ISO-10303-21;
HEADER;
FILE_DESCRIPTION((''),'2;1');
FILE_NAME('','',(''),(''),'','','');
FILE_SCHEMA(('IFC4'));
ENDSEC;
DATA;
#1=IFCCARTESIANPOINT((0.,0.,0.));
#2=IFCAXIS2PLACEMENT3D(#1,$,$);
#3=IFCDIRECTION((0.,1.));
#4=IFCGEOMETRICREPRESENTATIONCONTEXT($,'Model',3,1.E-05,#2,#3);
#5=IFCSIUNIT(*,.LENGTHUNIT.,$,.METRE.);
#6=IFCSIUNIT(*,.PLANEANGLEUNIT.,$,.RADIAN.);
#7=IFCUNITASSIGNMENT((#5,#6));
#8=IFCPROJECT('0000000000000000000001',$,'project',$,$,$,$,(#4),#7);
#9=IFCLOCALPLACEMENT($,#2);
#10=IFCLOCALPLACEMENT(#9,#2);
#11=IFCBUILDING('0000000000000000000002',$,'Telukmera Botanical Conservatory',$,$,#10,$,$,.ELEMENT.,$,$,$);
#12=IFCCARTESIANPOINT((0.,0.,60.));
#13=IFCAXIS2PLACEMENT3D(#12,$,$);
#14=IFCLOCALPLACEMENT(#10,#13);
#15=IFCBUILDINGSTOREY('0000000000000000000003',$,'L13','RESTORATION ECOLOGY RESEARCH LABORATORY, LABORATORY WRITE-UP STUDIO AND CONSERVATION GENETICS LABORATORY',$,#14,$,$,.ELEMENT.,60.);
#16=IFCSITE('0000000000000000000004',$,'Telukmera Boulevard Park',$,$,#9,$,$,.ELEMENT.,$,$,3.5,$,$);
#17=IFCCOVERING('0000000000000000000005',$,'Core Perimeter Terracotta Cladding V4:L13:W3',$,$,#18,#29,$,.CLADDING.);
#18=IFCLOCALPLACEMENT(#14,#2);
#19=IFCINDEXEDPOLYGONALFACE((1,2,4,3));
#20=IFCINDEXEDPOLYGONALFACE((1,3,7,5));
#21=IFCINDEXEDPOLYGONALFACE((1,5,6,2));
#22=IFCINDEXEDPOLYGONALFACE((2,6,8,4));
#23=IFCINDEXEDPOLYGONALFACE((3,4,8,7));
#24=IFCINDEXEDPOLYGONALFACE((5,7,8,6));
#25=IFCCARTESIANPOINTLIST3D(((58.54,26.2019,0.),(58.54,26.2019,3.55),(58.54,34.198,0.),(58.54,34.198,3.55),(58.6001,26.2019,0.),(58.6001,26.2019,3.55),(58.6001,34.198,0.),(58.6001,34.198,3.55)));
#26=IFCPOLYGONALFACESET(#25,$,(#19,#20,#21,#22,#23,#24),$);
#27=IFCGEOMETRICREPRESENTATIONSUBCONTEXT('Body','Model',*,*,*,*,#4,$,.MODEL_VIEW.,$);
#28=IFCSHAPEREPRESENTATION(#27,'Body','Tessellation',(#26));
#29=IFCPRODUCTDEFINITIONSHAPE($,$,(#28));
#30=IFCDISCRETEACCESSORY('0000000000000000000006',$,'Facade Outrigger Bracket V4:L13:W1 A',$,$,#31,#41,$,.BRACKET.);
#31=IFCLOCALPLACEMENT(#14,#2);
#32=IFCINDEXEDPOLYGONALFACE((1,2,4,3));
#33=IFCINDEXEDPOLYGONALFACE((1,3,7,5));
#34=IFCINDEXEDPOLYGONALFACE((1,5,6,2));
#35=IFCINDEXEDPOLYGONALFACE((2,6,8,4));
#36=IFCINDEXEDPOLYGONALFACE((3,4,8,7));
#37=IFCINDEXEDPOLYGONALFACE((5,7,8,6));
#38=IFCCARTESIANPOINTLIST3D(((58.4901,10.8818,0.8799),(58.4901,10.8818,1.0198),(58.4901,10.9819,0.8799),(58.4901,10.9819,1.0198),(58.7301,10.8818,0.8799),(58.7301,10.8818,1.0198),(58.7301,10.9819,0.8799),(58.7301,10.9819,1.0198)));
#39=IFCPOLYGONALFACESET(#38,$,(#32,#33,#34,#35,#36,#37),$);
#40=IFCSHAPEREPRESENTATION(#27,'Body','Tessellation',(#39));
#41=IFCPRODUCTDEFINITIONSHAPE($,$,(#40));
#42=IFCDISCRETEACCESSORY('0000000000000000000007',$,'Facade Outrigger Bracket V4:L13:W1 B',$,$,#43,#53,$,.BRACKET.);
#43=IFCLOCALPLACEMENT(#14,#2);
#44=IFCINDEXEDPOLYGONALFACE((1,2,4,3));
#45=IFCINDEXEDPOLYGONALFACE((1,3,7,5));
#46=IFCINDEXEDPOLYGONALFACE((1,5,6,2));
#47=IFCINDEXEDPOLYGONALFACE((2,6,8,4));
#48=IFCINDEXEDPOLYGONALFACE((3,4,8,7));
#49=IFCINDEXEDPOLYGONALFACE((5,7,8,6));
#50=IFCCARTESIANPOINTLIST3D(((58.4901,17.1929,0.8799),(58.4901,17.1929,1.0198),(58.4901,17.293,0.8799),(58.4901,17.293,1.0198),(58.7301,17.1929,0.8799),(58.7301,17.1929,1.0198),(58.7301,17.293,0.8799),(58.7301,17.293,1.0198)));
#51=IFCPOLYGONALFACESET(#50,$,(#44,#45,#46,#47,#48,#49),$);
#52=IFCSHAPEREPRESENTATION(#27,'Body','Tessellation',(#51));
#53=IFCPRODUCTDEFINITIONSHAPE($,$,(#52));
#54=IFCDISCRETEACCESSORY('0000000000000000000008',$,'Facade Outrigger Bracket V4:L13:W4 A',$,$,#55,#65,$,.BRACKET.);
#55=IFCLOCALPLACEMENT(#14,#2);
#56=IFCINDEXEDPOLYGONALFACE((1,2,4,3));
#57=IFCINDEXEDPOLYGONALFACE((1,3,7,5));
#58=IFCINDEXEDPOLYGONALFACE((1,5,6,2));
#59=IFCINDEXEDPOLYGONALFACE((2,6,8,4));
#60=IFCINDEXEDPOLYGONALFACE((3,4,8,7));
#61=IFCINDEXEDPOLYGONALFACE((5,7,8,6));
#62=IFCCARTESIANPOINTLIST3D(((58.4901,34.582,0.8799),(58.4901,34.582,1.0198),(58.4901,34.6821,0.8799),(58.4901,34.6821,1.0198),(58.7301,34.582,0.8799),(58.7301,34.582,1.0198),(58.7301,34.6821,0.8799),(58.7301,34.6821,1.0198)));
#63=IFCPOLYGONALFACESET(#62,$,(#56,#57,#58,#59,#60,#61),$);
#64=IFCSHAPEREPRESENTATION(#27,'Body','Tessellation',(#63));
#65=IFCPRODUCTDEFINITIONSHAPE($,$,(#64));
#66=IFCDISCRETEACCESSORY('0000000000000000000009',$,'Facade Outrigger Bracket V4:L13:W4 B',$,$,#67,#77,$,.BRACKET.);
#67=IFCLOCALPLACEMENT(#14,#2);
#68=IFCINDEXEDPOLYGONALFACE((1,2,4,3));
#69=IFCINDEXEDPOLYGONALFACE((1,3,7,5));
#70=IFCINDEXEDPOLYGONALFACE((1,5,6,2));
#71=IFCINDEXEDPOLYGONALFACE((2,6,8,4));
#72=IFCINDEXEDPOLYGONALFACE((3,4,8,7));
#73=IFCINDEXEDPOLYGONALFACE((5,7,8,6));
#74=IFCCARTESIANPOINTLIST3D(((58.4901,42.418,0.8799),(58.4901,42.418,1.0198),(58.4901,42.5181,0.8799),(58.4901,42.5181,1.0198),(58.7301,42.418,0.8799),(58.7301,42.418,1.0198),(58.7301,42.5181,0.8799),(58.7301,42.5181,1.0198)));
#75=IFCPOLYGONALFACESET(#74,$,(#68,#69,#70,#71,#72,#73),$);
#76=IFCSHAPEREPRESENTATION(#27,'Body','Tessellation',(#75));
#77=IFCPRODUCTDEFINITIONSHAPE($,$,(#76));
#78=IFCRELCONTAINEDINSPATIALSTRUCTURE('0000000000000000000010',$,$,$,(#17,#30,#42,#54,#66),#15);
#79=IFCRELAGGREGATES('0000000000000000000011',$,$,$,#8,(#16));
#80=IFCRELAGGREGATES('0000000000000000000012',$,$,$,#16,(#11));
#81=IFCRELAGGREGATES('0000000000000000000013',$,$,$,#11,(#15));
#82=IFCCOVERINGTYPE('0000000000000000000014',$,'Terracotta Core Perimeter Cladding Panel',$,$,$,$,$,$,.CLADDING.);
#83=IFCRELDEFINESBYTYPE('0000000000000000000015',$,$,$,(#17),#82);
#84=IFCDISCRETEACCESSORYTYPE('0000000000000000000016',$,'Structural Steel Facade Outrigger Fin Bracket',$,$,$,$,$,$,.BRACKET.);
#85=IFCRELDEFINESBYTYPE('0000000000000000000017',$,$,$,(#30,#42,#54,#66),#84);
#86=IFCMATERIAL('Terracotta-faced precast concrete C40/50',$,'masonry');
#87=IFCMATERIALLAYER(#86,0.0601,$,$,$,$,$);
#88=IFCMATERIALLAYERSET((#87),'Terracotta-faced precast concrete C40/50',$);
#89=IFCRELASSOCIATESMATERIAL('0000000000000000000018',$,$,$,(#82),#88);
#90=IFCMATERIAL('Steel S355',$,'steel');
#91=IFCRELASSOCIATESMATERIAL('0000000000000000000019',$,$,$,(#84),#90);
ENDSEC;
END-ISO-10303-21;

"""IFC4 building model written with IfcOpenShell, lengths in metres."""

from ifc_helpers import new_model, si_unit, direction, frame, origin, origin_2d, place, context, subcontext, project, spatial, rectangle, extrude, material, layer, layer_set, type_object, element, save


model = new_model("IFC4")

# Units and contexts
model_context = context("Model", 3, precision=1e-05, world=origin(), true_north=direction((0.0, 1.0)))
body_context = subcontext(model_context, "Body", "Model", "MODEL_VIEW")
ifc_project = project(units=[si_unit("LENGTHUNIT", "METRE"), si_unit("PLANEANGLEUNIT", "RADIAN")], contexts=[model_context])

# Site, building, storey
site_placement = place(None, origin())
site = spatial("IfcSite", under=ifc_project, at=site_placement, Name="Telukmera Boulevard Park", CompositionType="ELEMENT", RefElevation=3.5)
building_placement = place(site_placement, origin())
building = spatial("IfcBuilding", under=site, at=building_placement, Name="Telukmera Botanical Conservatory", CompositionType="ELEMENT")
storey_placement = place(building_placement, frame((0.0, 0.0, 60.0)))
storey = spatial("IfcBuildingStorey", under=building, at=storey_placement, Name="L13", Description="RESTORATION ECOLOGY RESEARCH LABORATORY, LABORATORY WRITE-UP STUDIO AND CONSERVATION GENETICS LABORATORY", CompositionType="ELEMENT", Elevation=60.0)

# Covering
ifc_material_1 = material(Name="Terracotta-faced precast concrete C40/50", Category="masonry")
ifc_layer_1 = layer(ifc_material_1, 0.0601)
ifc_layer_set_1 = layer_set([ifc_layer_1], Name="Terracotta-faced precast concrete C40/50")
covering_type_1 = type_object("IfcCoveringType", Name="Terracotta Core Perimeter Cladding Panel", PredefinedType="CLADDING", material=ifc_layer_set_1)
covering_1_placement = place(storey_placement, frame((58.5701, 30.2, 0.0), z_axis=(0.0, 0.0, 1.0), x_axis=(0.0, 1.0, 0.0)))
element("IfcCovering", 1, at=covering_1_placement, inside=storey, type_object=covering_type_1, Name="Core Perimeter Terracotta Cladding V4:L13:W3", PredefinedType="CLADDING", context=body_context, shape_type="SweptSolid", body=[
    extrude(rectangle(XDim=7.9961, YDim=0.0601, at=origin_2d()), origin(), (0.0, 0.0, 1.0), 3.55),
])

# Discrete accessories
ifc_material_2 = material(Name="Steel S355", Category="steel")
discrete_accessory_type = type_object("IfcDiscreteAccessoryType", Name="Structural Steel Facade Outrigger Fin Bracket", PredefinedType="BRACKET", material=ifc_material_2)
for number, where, z_axis, x_axis, name in (
    (2, (58.6101, 10.9319, 0.8799), (0.0, 0.0, 1.0), (0.0, 1.0, 0.0), "Facade Outrigger Bracket V4:L13:W1 A"),
    (3, (58.6101, 17.2429, 0.8799), (0.0, 0.0, 1.0), (0.0, 1.0, 0.0), "Facade Outrigger Bracket V4:L13:W1 B"),
    (4, (58.6101, 34.6321, 0.8799), (0.0, 0.0, 1.0), (0.0, 1.0, 0.0), "Facade Outrigger Bracket V4:L13:W4 A"),
    (5, (58.6101, 42.468, 0.8799), (0.0, 0.0, 1.0), (0.0, 1.0, 0.0), "Facade Outrigger Bracket V4:L13:W4 B"),
):
    element("IfcDiscreteAccessory", number, at=place(storey_placement, frame(where, z_axis=z_axis, x_axis=x_axis)), inside=storey, type_object=discrete_accessory_type, Name=name, PredefinedType="BRACKET", context=body_context, shape_type="SweptSolid", body=[
        extrude(rectangle(XDim=0.1001, YDim=0.24, at=origin_2d()), origin(), (0.0, 0.0, 1.0), 0.1399),
    ])

save(model, "model.ifc")
